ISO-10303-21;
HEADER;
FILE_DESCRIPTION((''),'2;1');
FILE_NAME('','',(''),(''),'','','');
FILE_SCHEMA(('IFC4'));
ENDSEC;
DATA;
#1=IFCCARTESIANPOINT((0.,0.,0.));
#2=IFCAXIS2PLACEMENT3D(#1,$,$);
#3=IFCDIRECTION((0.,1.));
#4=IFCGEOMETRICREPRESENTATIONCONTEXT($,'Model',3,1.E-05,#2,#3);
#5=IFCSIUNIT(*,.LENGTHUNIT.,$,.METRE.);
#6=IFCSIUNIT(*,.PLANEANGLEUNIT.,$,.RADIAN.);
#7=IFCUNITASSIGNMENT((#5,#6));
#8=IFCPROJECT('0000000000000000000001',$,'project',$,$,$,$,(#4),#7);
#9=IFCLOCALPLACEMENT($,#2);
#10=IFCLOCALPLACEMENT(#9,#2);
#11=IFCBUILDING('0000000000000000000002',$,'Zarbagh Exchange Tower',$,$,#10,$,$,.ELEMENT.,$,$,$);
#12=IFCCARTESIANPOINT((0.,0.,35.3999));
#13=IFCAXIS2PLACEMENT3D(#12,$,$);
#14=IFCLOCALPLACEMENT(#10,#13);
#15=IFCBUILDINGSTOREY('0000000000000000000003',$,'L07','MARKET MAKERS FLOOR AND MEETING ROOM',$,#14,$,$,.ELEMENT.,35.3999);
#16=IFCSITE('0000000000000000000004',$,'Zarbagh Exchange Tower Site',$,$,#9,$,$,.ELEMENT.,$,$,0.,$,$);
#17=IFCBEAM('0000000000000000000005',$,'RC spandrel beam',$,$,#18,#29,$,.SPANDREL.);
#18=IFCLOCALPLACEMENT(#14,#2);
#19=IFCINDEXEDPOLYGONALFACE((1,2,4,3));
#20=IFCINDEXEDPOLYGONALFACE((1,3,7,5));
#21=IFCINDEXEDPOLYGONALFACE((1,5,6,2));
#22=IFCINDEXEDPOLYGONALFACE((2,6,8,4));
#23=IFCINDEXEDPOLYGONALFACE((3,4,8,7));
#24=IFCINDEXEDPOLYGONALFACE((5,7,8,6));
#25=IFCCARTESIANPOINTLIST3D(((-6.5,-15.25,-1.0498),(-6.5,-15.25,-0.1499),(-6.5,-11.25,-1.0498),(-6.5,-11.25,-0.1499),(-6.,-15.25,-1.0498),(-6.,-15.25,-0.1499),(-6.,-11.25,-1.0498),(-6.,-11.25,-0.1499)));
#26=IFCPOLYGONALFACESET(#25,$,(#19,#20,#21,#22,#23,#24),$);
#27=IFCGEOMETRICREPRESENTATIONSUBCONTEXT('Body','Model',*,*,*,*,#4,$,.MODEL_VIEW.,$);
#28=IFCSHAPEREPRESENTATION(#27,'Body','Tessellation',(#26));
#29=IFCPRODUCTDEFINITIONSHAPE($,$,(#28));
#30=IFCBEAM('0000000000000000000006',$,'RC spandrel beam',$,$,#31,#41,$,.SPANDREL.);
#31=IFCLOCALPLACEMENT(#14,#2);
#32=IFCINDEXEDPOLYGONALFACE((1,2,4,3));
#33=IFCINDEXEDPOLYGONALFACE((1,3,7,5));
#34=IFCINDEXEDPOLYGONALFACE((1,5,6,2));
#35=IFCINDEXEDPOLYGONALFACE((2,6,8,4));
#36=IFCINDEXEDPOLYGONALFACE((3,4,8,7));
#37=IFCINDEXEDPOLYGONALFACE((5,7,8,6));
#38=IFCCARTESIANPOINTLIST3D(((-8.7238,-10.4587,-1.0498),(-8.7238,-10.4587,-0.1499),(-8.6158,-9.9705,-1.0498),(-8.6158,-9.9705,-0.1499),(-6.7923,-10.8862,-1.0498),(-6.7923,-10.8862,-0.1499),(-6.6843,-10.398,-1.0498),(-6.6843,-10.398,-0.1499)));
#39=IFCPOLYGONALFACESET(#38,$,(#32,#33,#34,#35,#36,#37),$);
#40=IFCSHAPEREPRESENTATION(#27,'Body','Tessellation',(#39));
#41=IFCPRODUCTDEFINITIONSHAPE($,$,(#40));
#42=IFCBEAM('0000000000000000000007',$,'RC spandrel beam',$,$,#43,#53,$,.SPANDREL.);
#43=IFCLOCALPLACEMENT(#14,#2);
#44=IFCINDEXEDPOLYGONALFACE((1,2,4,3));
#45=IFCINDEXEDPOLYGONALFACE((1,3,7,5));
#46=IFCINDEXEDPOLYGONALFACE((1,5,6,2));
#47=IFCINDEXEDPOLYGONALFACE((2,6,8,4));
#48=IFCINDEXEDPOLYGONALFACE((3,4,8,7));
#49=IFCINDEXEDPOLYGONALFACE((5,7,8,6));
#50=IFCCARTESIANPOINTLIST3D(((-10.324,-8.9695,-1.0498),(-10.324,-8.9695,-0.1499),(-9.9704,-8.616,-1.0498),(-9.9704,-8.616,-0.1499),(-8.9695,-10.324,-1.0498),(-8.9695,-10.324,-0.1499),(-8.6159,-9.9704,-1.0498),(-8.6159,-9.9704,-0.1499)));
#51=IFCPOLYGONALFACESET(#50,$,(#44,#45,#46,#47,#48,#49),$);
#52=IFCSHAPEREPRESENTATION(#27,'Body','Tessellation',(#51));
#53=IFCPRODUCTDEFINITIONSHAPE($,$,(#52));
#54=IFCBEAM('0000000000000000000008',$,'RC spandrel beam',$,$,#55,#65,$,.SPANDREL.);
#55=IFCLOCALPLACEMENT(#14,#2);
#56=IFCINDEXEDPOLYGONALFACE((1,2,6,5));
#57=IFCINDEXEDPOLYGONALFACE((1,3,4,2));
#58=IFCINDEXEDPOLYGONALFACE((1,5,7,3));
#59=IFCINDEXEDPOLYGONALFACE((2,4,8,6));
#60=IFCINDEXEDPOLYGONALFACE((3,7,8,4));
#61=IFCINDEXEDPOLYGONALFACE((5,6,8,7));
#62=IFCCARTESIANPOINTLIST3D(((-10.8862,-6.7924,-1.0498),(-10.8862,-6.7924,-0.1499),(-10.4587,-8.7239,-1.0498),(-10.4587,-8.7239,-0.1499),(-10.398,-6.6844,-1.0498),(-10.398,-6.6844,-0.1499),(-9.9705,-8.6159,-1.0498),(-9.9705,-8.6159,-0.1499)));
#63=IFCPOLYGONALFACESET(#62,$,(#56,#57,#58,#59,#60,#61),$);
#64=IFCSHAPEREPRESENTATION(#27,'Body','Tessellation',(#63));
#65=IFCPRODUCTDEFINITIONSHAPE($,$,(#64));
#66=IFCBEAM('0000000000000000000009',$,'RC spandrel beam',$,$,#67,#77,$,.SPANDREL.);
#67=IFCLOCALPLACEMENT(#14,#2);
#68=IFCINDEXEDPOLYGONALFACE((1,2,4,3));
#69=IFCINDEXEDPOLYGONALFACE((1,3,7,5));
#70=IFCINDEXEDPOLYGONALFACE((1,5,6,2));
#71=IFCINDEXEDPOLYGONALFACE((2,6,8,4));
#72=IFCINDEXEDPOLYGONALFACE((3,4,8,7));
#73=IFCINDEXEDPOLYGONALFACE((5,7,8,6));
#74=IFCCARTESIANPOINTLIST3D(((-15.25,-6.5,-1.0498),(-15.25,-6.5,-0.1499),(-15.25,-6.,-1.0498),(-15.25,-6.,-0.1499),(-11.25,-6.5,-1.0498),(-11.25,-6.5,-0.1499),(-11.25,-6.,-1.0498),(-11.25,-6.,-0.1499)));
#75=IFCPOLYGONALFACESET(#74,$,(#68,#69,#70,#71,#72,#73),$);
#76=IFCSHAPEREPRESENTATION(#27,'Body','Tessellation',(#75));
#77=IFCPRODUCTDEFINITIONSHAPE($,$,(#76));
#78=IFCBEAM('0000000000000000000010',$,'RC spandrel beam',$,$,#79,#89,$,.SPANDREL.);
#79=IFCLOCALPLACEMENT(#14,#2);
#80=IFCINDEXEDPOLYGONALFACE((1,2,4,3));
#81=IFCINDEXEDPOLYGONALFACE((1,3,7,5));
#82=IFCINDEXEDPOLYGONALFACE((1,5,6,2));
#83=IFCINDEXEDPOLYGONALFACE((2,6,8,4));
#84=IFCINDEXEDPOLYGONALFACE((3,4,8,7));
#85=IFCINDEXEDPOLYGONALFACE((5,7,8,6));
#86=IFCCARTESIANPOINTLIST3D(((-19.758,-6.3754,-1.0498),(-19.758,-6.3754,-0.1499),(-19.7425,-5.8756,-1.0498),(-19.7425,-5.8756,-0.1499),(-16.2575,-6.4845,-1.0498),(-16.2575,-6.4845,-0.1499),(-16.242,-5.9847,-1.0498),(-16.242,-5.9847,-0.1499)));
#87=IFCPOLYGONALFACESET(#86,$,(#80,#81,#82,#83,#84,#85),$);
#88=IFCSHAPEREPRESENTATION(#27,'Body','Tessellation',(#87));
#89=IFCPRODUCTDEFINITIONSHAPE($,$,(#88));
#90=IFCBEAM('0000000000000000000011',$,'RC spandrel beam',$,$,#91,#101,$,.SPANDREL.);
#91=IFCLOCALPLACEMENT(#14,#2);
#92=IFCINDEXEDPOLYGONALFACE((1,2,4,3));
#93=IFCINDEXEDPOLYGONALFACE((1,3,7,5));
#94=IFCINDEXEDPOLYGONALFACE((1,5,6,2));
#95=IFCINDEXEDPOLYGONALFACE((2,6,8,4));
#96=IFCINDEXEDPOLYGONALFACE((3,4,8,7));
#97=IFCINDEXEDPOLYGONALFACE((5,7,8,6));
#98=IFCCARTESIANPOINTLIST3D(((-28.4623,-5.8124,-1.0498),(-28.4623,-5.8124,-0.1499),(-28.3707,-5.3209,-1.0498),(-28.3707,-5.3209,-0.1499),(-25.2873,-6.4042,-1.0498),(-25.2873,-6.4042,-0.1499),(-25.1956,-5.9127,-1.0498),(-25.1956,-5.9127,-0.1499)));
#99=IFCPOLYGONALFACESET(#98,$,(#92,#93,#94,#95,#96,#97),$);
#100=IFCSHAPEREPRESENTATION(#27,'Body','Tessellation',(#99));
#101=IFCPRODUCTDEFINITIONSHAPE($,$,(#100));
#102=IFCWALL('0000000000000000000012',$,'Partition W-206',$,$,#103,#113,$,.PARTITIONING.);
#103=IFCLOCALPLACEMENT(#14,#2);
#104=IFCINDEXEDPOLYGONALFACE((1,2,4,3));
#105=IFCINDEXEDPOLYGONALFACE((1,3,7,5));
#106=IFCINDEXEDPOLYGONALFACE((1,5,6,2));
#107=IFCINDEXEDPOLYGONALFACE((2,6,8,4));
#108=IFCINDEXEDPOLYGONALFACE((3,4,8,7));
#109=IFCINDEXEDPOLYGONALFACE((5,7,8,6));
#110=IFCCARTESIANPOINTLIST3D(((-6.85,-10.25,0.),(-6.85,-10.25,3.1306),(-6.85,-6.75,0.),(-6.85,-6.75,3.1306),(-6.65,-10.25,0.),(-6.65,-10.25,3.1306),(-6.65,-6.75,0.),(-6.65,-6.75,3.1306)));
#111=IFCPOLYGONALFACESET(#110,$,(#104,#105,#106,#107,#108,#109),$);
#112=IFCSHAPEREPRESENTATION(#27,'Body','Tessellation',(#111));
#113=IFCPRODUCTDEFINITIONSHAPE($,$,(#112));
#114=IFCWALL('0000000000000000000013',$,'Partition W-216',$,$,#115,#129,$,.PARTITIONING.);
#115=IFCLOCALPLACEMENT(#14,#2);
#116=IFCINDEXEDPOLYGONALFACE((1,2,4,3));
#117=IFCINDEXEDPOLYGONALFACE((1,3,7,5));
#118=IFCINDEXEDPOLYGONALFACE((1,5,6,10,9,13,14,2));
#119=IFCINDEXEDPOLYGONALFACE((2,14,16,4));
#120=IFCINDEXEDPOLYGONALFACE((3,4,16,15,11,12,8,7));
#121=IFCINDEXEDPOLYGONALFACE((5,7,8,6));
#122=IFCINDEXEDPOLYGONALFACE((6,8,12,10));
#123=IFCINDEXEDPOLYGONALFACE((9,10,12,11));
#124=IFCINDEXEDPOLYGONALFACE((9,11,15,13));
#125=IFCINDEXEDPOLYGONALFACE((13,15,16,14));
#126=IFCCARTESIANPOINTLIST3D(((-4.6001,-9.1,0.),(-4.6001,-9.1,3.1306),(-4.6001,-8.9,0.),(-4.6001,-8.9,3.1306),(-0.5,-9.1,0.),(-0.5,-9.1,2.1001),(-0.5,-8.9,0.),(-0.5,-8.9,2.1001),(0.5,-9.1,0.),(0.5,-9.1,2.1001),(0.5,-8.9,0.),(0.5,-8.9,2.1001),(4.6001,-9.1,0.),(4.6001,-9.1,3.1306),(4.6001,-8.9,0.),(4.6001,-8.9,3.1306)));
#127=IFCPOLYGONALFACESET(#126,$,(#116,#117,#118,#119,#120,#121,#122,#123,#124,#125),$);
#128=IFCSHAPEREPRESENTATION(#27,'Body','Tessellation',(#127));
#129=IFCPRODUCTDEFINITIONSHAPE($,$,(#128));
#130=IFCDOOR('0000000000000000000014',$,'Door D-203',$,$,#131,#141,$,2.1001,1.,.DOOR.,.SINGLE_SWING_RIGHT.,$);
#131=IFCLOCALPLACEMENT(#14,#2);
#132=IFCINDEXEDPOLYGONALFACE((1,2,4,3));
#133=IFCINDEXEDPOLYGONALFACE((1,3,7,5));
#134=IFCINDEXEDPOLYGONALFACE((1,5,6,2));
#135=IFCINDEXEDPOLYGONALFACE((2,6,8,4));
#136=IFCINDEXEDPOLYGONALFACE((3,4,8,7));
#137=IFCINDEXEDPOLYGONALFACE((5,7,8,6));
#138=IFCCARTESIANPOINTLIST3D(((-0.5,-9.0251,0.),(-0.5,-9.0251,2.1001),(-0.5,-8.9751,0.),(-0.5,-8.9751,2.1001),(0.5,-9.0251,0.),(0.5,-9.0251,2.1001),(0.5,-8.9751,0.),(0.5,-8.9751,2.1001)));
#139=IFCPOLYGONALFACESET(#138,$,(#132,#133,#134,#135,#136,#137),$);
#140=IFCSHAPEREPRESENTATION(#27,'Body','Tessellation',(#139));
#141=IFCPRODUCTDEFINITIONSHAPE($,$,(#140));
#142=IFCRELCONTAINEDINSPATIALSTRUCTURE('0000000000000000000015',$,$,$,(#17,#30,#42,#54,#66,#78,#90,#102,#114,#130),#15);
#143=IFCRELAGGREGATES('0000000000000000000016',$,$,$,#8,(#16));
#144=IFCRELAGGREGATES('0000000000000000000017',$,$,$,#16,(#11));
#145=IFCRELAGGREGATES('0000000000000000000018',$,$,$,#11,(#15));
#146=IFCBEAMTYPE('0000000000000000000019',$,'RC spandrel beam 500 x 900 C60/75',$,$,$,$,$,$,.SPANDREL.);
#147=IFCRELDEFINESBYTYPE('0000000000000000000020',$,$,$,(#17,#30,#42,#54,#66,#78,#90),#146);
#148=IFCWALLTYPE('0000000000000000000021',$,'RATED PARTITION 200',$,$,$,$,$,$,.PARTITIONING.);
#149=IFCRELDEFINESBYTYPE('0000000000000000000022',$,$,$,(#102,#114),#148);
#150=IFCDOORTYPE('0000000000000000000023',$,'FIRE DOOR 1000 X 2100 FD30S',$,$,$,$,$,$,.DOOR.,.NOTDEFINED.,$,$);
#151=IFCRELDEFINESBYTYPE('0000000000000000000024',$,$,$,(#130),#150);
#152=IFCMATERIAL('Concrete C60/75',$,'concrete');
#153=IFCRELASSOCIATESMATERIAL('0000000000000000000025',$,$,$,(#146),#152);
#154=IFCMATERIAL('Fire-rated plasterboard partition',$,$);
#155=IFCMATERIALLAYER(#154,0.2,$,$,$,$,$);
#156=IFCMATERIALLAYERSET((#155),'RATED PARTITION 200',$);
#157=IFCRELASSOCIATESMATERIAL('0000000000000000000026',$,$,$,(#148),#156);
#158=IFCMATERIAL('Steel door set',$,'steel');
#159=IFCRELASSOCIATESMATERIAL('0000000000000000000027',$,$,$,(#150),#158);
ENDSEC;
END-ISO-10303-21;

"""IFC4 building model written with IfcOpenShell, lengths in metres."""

from ifc_helpers import new_model, si_unit, direction, frame, frame_2d, origin, origin_2d, place, context, subcontext, project, spatial, rectangle, extrude, material, layer, layer_set, material_profile, profile_set, type_object, element, fill, save


model = new_model("IFC4")

# Units and contexts
model_context = context("Model", 3, precision=1e-05, world=origin(), true_north=direction((0.0, 1.0)))
body_context = subcontext(model_context, "Body", "Model", "MODEL_VIEW")
ifc_project = project(units=[si_unit("LENGTHUNIT", "METRE"), si_unit("PLANEANGLEUNIT", "RADIAN")], contexts=[model_context])

# Site, building, storey
site_placement = place(None, origin())
site = spatial("IfcSite", under=ifc_project, at=site_placement, Name="Zarbagh Exchange Tower Site", CompositionType="ELEMENT", RefElevation=0.0)
building_placement = place(site_placement, origin())
building = spatial("IfcBuilding", under=site, at=building_placement, Name="Zarbagh Exchange Tower", CompositionType="ELEMENT")
storey_placement = place(building_placement, frame((0.0, 0.0, 35.3999)))
storey = spatial("IfcBuildingStorey", under=building, at=storey_placement, Name="L07", Description="MARKET MAKERS FLOOR AND MEETING ROOM", CompositionType="ELEMENT", Elevation=35.3999)

# Shared definitions
ifc_material_1 = material(Name="Concrete C60/75", Category="concrete")

# Beams
ifc_material_profile_1 = material_profile(ifc_material_1, rectangle(XDim=0.5, YDim=0.8999, at=origin_2d()), Name="RC spandrel beam 500 x 900 C60/75")
ifc_profile_set_1 = profile_set([ifc_material_profile_1], Name="Concrete C60/75")
beam_type_1 = type_object("IfcBeamType", Name="RC spandrel beam 500 x 900 C60/75", PredefinedType="SPANDREL", material=ifc_profile_set_1)
beam_1_placement = place(storey_placement, frame((-6.25, -15.25, -0.5999), z_axis=(0.0, 1.0, 0.0), x_axis=(-1.0, 0.0, 0.0)))
element("IfcBeam", 1, at=beam_1_placement, inside=storey, type_object=beam_type_1, Name="RC spandrel beam", PredefinedType="SPANDREL", context=body_context, shape_type="SweptSolid", body=[
    extrude(rectangle(XDim=0.5, YDim=0.8999, at=origin_2d()), origin(), (0.0, 0.0, 1.0), 4.0),
])
beam_2_placement = place(storey_placement, frame((-6.7383, -10.6421, -0.5999), z_axis=(-0.976375, 0.216081, 0.0), x_axis=(-0.216081, -0.976375, 0.0)))
element("IfcBeam", 2, at=beam_2_placement, inside=storey, type_object=beam_type_1, Name="RC spandrel beam", PredefinedType="SPANDREL", context=body_context, shape_type="SweptSolid", body=[
    extrude(rectangle(XDim=0.5, YDim=0.8999, at=origin_2d()), origin(), (0.0, 0.0, 1.0), 1.9783),
])
beam_3_placement = place(storey_placement, frame((-8.7927, -10.1472, -0.5999), z_axis=(-0.707107, 0.707107, 0.0), x_axis=(-0.707107, -0.707107, 0.0)))
element("IfcBeam", 3, at=beam_3_placement, inside=storey, type_object=beam_type_1, Name="RC spandrel beam", PredefinedType="SPANDREL", context=body_context, shape_type="SweptSolid", body=[
    extrude(rectangle(XDim=0.5, YDim=0.8999, at=origin_2d()), origin(), (0.0, 0.0, 1.0), 1.9155),
])
beam_4_placement = place(storey_placement, frame((-10.2146, -8.6699, -0.5999), z_axis=(-0.216081, 0.976375, 0.0), x_axis=(-0.976375, -0.216081, 0.0)))
element("IfcBeam", 4, at=beam_4_placement, inside=storey, type_object=beam_type_1, Name="RC spandrel beam", PredefinedType="SPANDREL", context=body_context, shape_type="SweptSolid", body=[
    extrude(rectangle(XDim=0.5, YDim=0.8999, at=origin_2d()), origin(), (0.0, 0.0, 1.0), 1.9783),
])
beam_5_placement = place(storey_placement, frame((-11.25, -6.25, -0.5999), z_axis=(-1.0, 0.0, 0.0), x_axis=(0.0, -1.0, 0.0)))
element("IfcBeam", 5, at=beam_5_placement, inside=storey, type_object=beam_type_1, Name="RC spandrel beam", PredefinedType="SPANDREL", context=body_context, shape_type="SweptSolid", body=[
    extrude(rectangle(XDim=0.5, YDim=0.8999, at=origin_2d()), origin(), (0.0, 0.0, 1.0), 4.0),
])
beam_6_placement = place(storey_placement, frame((-16.2498, -6.2346, -0.5999), z_axis=(-0.999514, 0.031161, 0.0), x_axis=(-0.031161, -0.999514, 0.0)))
element("IfcBeam", 6, at=beam_6_placement, inside=storey, type_object=beam_type_1, Name="RC spandrel beam", PredefinedType="SPANDREL", context=body_context, shape_type="SweptSolid", body=[
    extrude(rectangle(XDim=0.5, YDim=0.8999, at=origin_2d()), origin(), (0.0, 0.0, 1.0), 3.5022),
])
beam_7_placement = place(storey_placement, frame((-25.2415, -6.1584, -0.5999), z_axis=(-0.983069, 0.183234, 0.0), x_axis=(-0.183234, -0.983069, 0.0)))
element("IfcBeam", 7, at=beam_7_placement, inside=storey, type_object=beam_type_1, Name="RC spandrel beam", PredefinedType="SPANDREL", context=body_context, shape_type="SweptSolid", body=[
    extrude(rectangle(XDim=0.5, YDim=0.8999, at=origin_2d()), origin(), (0.0, 0.0, 1.0), 3.2297),
])

# Wall
ifc_material_2 = material(Name="Fire-rated plasterboard partition")
ifc_layer = layer(ifc_material_2, 0.2)
ifc_layer_set = layer_set([ifc_layer], Name="RATED PARTITION 200")
wall_type = type_object("IfcWallType", Name="RATED PARTITION 200", PredefinedType="PARTITIONING", material=ifc_layer_set)
wall_1_placement = place(storey_placement, frame((-6.75, -10.25, 0.0), z_axis=(0.0, 0.0, 1.0), x_axis=(0.0, 1.0, 0.0)))
element("IfcWall", 8, at=wall_1_placement, inside=storey, type_object=wall_type, Name="Partition W-206", PredefinedType="PARTITIONING", context=body_context, shape_type="SweptSolid", body=[
    extrude(rectangle(XDim=3.5, YDim=0.2, at=frame_2d((1.75, 0.0))), origin(), (0.0, 0.0, 1.0), 3.1306),
])

# Wall, opening, door
wall_2_placement = place(storey_placement, frame((-4.6001, -9.0, 0.0), z_axis=(0.0, 0.0, 1.0), x_axis=(1.0, 0.0, 0.0)))
wall_2 = element("IfcWall", 9, at=wall_2_placement, inside=storey, type_object=wall_type, Name="Partition W-216", PredefinedType="PARTITIONING", context=body_context, shape_type="SweptSolid", body=[
    extrude(rectangle(XDim=9.2002, YDim=0.2, at=frame_2d((4.6001, 0.0))), origin(), (0.0, 0.0, 1.0), 3.1306),
])
opening_placement = place(wall_2_placement, frame((4.1001, 0.0, 0.0)))
opening = element("IfcOpeningElement", 10, at=opening_placement, cuts=wall_2, PredefinedType="OPENING", context=body_context, shape_type="SweptSolid", body=[
    extrude(rectangle(XDim=1.0, YDim=2.1001, at=frame_2d((0.5, 1.05))), frame((0.0, 0.1099, 0.0), z_axis=(0.0, -1.0, 0.0), x_axis=(1.0, 0.0, 0.0)), (0.0, 0.0, 1.0), 0.22),
])
ifc_material_3 = material(Name="Steel door set", Category="steel")
door_type = type_object("IfcDoorType", Name="FIRE DOOR 1000 X 2100 FD30S", OperationType="NOTDEFINED", PredefinedType="DOOR", material=ifc_material_3)
door_placement = place(opening_placement, origin())
door = element("IfcDoor", 11, at=door_placement, inside=storey, type_object=door_type, Name="Door D-203", OperationType="SINGLE_SWING_RIGHT", OverallHeight=2.1001, OverallWidth=1.0, PredefinedType="DOOR", context=body_context, shape_type="SweptSolid", body=[
    extrude(rectangle(XDim=1.0, YDim=2.1001, at=frame_2d((0.5, 1.05))), frame((0.0, 0.0249, 0.0), z_axis=(0.0, -1.0, 0.0), x_axis=(1.0, 0.0, 0.0)), (0.0, 0.0, 1.0), 0.05),
])
fill(opening, door)

save(model, "model.ifc")
